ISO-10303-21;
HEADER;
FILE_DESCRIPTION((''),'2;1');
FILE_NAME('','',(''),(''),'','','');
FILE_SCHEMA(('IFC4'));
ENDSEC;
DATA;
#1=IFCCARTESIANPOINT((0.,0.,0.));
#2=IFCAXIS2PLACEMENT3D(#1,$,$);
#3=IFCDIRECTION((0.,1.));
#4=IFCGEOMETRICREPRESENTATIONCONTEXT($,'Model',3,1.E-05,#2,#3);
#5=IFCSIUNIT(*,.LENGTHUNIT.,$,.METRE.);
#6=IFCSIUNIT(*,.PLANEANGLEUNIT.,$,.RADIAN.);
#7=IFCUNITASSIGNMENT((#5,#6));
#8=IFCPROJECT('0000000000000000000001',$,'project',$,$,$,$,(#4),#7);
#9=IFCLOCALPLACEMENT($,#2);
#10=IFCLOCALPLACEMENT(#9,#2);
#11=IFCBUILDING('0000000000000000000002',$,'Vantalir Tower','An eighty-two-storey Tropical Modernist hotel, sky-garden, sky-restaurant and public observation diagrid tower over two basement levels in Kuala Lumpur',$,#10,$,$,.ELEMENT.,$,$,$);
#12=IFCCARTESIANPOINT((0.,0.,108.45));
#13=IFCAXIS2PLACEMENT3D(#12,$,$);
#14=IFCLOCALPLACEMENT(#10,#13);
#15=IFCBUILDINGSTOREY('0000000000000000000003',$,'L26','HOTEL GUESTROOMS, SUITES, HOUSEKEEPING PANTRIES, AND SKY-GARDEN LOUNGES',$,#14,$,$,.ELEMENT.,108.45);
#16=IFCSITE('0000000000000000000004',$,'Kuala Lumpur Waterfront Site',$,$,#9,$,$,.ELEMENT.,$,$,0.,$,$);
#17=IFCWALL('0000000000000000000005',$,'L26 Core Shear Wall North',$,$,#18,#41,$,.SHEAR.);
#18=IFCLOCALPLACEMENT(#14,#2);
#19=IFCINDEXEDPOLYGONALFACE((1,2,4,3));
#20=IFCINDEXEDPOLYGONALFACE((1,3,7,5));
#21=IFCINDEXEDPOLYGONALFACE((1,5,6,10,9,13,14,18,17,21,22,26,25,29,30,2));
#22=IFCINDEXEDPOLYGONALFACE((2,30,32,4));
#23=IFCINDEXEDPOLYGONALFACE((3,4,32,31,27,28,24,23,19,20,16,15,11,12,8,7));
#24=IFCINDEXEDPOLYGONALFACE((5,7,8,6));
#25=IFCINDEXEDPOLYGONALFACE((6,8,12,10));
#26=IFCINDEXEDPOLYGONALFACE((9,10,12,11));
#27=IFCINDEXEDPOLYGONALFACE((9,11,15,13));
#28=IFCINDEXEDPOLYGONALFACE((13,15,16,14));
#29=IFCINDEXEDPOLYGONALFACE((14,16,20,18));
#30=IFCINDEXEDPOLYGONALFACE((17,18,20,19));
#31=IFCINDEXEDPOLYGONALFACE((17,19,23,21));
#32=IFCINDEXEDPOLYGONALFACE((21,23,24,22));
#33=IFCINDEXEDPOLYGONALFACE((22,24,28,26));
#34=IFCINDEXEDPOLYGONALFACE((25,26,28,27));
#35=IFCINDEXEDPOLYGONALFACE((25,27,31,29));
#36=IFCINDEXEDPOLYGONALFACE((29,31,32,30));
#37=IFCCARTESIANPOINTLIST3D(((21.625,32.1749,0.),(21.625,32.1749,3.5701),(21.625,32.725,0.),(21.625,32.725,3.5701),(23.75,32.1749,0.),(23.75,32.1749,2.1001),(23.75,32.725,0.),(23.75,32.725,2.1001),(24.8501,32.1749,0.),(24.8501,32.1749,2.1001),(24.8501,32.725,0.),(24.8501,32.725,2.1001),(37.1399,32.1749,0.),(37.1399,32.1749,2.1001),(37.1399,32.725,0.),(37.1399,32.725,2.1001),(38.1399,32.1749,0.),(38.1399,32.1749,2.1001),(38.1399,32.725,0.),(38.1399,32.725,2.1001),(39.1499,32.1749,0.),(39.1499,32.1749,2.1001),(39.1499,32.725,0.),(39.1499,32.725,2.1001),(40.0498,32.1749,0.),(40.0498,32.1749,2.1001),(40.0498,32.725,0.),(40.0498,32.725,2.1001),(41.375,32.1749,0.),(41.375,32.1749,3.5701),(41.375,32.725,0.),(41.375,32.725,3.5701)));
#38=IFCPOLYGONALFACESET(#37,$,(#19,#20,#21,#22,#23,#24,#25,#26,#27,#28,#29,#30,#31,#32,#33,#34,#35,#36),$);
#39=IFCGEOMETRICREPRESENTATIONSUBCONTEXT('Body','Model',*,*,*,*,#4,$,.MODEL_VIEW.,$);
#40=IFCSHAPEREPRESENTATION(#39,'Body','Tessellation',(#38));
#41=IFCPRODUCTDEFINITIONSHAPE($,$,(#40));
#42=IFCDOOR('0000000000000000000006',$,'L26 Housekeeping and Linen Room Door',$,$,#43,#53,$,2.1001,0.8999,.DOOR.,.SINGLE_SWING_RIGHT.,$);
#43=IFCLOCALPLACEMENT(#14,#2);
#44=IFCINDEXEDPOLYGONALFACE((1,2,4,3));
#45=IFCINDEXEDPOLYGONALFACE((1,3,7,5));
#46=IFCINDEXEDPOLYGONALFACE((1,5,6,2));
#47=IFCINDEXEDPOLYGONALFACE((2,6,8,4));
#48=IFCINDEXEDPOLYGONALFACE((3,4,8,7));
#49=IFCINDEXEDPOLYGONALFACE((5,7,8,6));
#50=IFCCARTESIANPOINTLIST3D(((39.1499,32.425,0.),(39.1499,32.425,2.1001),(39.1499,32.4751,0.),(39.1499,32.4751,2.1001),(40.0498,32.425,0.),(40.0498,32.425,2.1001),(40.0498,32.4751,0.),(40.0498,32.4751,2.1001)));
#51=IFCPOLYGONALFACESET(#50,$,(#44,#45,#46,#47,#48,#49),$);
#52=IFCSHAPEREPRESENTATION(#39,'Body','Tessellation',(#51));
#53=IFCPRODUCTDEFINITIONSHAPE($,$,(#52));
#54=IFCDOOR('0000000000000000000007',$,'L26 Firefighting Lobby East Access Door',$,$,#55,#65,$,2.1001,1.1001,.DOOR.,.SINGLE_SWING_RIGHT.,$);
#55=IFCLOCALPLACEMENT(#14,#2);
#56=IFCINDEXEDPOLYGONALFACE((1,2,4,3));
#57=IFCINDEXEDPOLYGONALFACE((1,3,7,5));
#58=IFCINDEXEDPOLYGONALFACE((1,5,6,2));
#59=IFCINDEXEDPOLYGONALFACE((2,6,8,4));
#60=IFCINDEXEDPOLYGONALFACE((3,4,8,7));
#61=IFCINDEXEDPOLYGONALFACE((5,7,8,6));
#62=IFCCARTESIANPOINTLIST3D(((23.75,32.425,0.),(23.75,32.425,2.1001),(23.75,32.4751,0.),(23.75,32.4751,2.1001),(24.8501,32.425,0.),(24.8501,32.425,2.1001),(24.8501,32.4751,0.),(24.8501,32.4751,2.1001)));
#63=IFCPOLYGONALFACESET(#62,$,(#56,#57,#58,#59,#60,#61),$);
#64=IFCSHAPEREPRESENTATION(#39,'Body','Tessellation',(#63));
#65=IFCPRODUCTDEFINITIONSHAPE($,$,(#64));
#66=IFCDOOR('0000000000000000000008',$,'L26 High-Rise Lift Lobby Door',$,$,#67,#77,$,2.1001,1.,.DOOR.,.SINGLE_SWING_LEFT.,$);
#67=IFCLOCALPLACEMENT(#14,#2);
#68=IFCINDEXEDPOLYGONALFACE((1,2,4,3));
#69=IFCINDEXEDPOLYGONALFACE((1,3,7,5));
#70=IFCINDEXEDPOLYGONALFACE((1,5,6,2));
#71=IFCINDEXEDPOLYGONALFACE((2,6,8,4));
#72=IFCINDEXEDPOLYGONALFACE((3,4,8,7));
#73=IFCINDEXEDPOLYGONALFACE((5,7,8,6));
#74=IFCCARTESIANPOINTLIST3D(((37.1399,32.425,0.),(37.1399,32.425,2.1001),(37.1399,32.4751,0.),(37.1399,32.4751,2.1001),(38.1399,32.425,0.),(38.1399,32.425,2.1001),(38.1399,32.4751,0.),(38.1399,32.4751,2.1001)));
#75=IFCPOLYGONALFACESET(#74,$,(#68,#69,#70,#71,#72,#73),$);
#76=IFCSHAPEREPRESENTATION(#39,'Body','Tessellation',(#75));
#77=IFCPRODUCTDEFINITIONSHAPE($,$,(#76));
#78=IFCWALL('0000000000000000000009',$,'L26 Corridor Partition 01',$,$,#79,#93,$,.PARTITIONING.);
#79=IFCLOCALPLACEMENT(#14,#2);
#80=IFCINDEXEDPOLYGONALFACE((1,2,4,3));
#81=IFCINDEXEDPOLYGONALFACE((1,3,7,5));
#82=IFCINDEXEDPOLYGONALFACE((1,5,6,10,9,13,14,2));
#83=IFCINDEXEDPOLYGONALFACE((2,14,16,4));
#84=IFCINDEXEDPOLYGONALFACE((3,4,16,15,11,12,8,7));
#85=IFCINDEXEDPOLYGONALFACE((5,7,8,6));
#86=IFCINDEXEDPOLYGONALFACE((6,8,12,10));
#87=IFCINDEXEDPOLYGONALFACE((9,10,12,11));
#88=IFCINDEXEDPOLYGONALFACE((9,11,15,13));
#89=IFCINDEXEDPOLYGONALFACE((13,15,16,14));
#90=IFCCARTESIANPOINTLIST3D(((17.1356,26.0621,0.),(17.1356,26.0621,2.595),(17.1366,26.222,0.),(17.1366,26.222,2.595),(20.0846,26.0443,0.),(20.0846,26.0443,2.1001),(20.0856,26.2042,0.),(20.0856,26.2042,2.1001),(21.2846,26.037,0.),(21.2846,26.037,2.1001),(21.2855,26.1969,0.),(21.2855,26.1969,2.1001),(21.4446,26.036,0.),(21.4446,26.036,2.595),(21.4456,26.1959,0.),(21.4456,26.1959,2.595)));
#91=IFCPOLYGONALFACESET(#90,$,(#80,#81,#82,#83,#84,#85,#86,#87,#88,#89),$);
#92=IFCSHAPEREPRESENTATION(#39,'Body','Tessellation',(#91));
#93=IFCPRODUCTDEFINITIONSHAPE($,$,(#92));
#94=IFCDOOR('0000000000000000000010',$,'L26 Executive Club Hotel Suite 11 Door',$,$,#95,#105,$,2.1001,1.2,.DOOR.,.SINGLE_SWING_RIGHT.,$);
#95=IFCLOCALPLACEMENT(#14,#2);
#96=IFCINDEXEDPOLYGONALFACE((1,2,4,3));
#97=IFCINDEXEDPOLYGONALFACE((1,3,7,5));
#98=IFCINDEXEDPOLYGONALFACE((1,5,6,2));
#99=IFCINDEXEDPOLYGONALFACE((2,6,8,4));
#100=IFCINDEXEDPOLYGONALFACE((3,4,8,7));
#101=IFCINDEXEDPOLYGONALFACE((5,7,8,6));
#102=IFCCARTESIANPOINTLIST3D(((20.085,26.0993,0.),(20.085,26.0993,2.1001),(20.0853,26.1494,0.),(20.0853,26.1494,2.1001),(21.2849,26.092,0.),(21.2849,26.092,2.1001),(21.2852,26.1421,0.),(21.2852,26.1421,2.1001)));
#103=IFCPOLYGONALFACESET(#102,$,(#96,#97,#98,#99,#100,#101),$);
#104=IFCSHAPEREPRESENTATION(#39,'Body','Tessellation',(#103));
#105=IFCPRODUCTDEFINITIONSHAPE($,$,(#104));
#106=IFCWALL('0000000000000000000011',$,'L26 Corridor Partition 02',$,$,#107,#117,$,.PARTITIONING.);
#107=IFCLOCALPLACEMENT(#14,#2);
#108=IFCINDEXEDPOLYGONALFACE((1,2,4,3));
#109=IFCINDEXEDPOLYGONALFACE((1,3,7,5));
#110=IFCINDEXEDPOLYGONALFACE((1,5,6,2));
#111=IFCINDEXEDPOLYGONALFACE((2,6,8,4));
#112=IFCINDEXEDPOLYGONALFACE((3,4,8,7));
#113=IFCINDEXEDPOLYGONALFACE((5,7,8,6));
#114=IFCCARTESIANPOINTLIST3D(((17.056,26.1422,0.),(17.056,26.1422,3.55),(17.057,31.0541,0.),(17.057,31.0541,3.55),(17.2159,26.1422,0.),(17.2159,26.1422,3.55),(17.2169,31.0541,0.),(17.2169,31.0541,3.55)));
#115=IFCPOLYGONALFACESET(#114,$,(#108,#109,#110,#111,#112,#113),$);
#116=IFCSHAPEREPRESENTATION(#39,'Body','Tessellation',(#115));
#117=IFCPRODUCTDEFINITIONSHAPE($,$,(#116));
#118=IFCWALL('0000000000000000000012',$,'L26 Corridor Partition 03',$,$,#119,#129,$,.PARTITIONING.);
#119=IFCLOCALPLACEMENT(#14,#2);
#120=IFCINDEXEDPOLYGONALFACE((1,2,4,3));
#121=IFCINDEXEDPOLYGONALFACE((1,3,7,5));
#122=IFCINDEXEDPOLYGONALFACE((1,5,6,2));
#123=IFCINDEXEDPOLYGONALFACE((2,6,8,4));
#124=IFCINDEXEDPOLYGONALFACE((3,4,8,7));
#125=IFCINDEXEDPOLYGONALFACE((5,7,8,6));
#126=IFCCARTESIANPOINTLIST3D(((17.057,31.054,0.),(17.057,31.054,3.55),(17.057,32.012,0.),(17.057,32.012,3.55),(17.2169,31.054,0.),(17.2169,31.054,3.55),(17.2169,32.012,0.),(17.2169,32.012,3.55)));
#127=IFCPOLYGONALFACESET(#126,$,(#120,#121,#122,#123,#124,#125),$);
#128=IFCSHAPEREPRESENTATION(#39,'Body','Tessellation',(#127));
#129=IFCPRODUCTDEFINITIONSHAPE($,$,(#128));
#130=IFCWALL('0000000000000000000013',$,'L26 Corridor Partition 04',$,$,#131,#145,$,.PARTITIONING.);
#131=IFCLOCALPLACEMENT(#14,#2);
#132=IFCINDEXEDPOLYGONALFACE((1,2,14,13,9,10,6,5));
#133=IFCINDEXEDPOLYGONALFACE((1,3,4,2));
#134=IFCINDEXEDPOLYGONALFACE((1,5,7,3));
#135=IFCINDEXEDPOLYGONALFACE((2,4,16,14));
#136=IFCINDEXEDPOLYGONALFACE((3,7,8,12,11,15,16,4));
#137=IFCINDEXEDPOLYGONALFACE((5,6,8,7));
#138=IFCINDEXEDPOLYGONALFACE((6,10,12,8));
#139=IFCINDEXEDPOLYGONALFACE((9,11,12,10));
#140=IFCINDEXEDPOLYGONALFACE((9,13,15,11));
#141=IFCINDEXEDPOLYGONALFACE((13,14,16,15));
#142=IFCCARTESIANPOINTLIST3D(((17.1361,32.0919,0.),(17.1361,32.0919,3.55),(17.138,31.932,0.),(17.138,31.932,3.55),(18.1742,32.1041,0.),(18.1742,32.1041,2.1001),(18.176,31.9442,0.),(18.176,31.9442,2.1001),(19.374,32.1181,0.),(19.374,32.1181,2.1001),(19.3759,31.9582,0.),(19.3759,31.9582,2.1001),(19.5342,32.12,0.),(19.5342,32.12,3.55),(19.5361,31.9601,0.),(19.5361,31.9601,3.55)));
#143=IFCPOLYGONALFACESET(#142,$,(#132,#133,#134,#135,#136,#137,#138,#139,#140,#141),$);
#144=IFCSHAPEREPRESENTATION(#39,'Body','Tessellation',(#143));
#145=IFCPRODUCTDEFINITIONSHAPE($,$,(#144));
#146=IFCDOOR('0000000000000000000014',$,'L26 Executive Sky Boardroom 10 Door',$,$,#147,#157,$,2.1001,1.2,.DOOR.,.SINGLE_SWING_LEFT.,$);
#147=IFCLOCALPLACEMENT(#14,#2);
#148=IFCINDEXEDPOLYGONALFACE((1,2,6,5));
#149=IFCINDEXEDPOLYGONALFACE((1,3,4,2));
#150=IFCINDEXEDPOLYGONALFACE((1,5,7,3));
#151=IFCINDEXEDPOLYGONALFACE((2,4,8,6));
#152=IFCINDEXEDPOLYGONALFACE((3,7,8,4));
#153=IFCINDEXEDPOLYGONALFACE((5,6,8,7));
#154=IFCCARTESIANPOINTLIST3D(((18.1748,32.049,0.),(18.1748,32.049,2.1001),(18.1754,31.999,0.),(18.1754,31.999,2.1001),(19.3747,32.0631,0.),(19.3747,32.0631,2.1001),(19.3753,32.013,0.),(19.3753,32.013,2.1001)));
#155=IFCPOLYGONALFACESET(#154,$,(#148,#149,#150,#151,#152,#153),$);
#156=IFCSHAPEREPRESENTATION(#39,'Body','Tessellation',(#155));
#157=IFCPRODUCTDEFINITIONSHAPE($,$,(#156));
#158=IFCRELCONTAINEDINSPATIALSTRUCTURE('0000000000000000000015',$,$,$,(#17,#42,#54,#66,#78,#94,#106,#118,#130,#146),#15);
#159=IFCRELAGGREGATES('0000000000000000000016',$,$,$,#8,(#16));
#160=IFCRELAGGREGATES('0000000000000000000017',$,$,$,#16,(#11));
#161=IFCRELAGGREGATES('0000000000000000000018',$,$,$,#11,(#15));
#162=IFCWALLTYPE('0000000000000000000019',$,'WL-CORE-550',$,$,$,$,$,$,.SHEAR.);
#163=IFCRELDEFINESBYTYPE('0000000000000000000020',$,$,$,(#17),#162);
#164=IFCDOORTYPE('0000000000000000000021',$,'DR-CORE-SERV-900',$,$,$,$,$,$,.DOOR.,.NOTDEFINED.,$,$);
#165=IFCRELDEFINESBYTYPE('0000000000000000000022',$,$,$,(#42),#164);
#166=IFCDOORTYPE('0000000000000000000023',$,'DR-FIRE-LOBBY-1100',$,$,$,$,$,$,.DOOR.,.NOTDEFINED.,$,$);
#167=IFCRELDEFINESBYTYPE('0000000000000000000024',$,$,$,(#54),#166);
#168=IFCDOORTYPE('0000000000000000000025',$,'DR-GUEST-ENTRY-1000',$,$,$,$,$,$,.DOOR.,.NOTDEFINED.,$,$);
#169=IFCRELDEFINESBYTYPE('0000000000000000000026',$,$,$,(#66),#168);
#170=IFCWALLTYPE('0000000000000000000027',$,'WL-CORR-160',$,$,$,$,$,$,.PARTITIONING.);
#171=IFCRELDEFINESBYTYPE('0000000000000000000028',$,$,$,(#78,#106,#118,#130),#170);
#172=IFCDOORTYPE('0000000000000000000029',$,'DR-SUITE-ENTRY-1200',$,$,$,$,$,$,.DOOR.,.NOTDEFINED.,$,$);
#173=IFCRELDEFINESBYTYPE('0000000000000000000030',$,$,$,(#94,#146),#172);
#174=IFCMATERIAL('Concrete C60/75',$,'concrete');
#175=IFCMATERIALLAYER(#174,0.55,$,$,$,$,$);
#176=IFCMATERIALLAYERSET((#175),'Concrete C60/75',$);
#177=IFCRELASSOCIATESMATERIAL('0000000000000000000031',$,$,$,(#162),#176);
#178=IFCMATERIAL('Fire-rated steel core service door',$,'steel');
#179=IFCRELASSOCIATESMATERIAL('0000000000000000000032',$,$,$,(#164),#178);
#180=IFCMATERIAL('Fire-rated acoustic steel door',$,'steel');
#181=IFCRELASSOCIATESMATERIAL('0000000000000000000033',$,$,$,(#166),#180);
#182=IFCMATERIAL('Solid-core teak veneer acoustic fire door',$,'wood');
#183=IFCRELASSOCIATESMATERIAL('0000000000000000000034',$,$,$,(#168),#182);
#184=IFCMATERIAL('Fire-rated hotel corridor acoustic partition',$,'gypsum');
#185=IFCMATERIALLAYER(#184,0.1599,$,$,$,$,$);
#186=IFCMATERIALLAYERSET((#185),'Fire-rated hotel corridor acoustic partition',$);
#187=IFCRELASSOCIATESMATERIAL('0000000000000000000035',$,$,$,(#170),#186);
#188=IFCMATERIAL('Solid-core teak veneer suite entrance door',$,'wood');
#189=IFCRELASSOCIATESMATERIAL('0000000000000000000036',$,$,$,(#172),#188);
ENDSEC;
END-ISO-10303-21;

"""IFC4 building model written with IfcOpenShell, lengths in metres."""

from ifc_helpers import new_model, si_unit, direction, frame, frame_2d, origin, place, context, subcontext, project, spatial, rectangle, extrude, material, layer, layer_set, type_object, element, fill, save


model = new_model("IFC4")

# Units and contexts
model_context = context("Model", 3, precision=1e-05, world=origin(), true_north=direction((0.0, 1.0)))
body_context = subcontext(model_context, "Body", "Model", "MODEL_VIEW")
ifc_project = project(units=[si_unit("LENGTHUNIT", "METRE"), si_unit("PLANEANGLEUNIT", "RADIAN")], contexts=[model_context])

# Site, building, storey
site_placement = place(None, origin())
site = spatial("IfcSite", under=ifc_project, at=site_placement, Name="Kuala Lumpur Waterfront Site", CompositionType="ELEMENT", RefElevation=0.0)
building_placement = place(site_placement, origin())
building = spatial("IfcBuilding", under=site, at=building_placement, Name="Vantalir Tower", Description="An eighty-two-storey Tropical Modernist hotel, sky-garden, sky-restaurant and public observation diagrid tower over two basement levels in Kuala Lumpur", CompositionType="ELEMENT")
storey_placement = place(building_placement, frame((0.0, 0.0, 108.45)))
storey = spatial("IfcBuildingStorey", under=building, at=storey_placement, Name="L26", Description="HOTEL GUESTROOMS, SUITES, HOUSEKEEPING PANTRIES, AND SKY-GARDEN LOUNGES", CompositionType="ELEMENT", Elevation=108.45)

# Wall, openings, doors
ifc_material_1 = material(Name="Concrete C60/75", Category="concrete")
ifc_layer_1 = layer(ifc_material_1, 0.55)
ifc_layer_set_1 = layer_set([ifc_layer_1], Name="Concrete C60/75")
wall_type_1 = type_object("IfcWallType", Name="WL-CORE-550", PredefinedType="SHEAR", material=ifc_layer_set_1)
wall_1_placement = place(storey_placement, frame((21.625, 32.45, 0.0), z_axis=(0.0, 0.0, 1.0), x_axis=(1.0, 0.0, 0.0)))
wall_1 = element("IfcWall", 1, at=wall_1_placement, inside=storey, type_object=wall_type_1, Name="L26 Core Shear Wall North", PredefinedType="SHEAR", context=body_context, shape_type="SweptSolid", body=[
    extrude(rectangle(XDim=19.75, YDim=0.55, at=frame_2d((9.875, 0.0))), origin(), (0.0, 0.0, 1.0), 3.5701),
])
opening_1_placement = place(wall_1_placement, frame((2.125, 0.0, 0.0)))
opening_1 = element("IfcOpeningElement", 2, at=opening_1_placement, cuts=wall_1, PredefinedType="OPENING", context=body_context, shape_type="SweptSolid", body=[
    extrude(rectangle(XDim=1.1001, YDim=2.1001, at=frame_2d((0.55, 1.05))), frame((0.0, 0.2849, 0.0), z_axis=(0.0, -1.0, 0.0), x_axis=(1.0, 0.0, 0.0)), (0.0, 0.0, 1.0), 0.5701),
])
opening_2_placement = place(wall_1_placement, frame((15.5149, 0.0, 0.0)))
opening_2 = element("IfcOpeningElement", 3, at=opening_2_placement, cuts=wall_1, PredefinedType="OPENING", context=body_context, shape_type="SweptSolid", body=[
    extrude(rectangle(XDim=1.0, YDim=2.1001, at=frame_2d((0.5, 1.05))), frame((0.0, 0.2849, 0.0), z_axis=(0.0, -1.0, 0.0), x_axis=(1.0, 0.0, 0.0)), (0.0, 0.0, 1.0), 0.5701),
])
opening_3_placement = place(wall_1_placement, frame((17.5249, 0.0, 0.0)))
opening_3 = element("IfcOpeningElement", 4, at=opening_3_placement, cuts=wall_1, PredefinedType="OPENING", context=body_context, shape_type="SweptSolid", body=[
    extrude(rectangle(XDim=0.8999, YDim=2.1001, at=frame_2d((0.45, 1.05))), frame((0.0, 0.2849, 0.0), z_axis=(0.0, -1.0, 0.0), x_axis=(1.0, 0.0, 0.0)), (0.0, 0.0, 1.0), 0.5701),
])
ifc_material_2 = material(Name="Fire-rated steel core service door", Category="steel")
door_type_1 = type_object("IfcDoorType", Name="DR-CORE-SERV-900", OperationType="NOTDEFINED", PredefinedType="DOOR", material=ifc_material_2)
door_1_placement = place(opening_3_placement, frame((0.8999, 0.0, 0.0), z_axis=(0.0, 0.0, 1.0), x_axis=(-1.0, 0.0, 0.0)))
door_1 = element("IfcDoor", 5, at=door_1_placement, inside=storey, type_object=door_type_1, Name="L26 Housekeeping and Linen Room Door", OperationType="SINGLE_SWING_RIGHT", OverallHeight=2.1001, OverallWidth=0.8999, PredefinedType="DOOR", context=body_context, shape_type="SweptSolid", body=[
    extrude(rectangle(XDim=0.8999, YDim=2.1001, at=frame_2d((0.45, 1.05))), frame((0.0, 0.0249, 0.0), z_axis=(0.0, -1.0, 0.0), x_axis=(1.0, 0.0, 0.0)), (0.0, 0.0, 1.0), 0.05),
])
fill(opening_3, door_1)
ifc_material_3 = material(Name="Fire-rated acoustic steel door", Category="steel")
door_type_2 = type_object("IfcDoorType", Name="DR-FIRE-LOBBY-1100", OperationType="NOTDEFINED", PredefinedType="DOOR", material=ifc_material_3)
door_2_placement = place(opening_1_placement, frame((1.1001, 0.0, 0.0), z_axis=(0.0, 0.0, 1.0), x_axis=(-1.0, 0.0, 0.0)))
door_2 = element("IfcDoor", 6, at=door_2_placement, inside=storey, type_object=door_type_2, Name="L26 Firefighting Lobby East Access Door", OperationType="SINGLE_SWING_RIGHT", OverallHeight=2.1001, OverallWidth=1.1001, PredefinedType="DOOR", context=body_context, shape_type="SweptSolid", body=[
    extrude(rectangle(XDim=1.1001, YDim=2.1001, at=frame_2d((0.55, 1.05))), frame((0.0, 0.0249, 0.0), z_axis=(0.0, -1.0, 0.0), x_axis=(1.0, 0.0, 0.0)), (0.0, 0.0, 1.0), 0.05),
])
fill(opening_1, door_2)
ifc_material_4 = material(Name="Solid-core teak veneer acoustic fire door", Category="wood")
door_type_3 = type_object("IfcDoorType", Name="DR-GUEST-ENTRY-1000", OperationType="NOTDEFINED", PredefinedType="DOOR", material=ifc_material_4)
door_3_placement = place(opening_2_placement, frame((1.0, 0.0, 0.0), z_axis=(0.0, 0.0, 1.0), x_axis=(-1.0, 0.0, 0.0)))
door_3 = element("IfcDoor", 7, at=door_3_placement, inside=storey, type_object=door_type_3, Name="L26 High-Rise Lift Lobby Door", OperationType="SINGLE_SWING_LEFT", OverallHeight=2.1001, OverallWidth=1.0, PredefinedType="DOOR", context=body_context, shape_type="SweptSolid", body=[
    extrude(rectangle(XDim=1.0, YDim=2.1001, at=frame_2d((0.5, 1.05))), frame((0.0, 0.0249, 0.0), z_axis=(0.0, -1.0, 0.0), x_axis=(1.0, 0.0, 0.0)), (0.0, 0.0, 1.0), 0.05),
])
fill(opening_2, door_3)

# Wall, opening, door
ifc_material_5 = material(Name="Fire-rated hotel corridor acoustic partition", Category="gypsum")
ifc_layer_2 = layer(ifc_material_5, 0.1599)
ifc_layer_set_2 = layer_set([ifc_layer_2], Name="Fire-rated hotel corridor acoustic partition")
wall_type_2 = type_object("IfcWallType", Name="WL-CORR-160", PredefinedType="PARTITIONING", material=ifc_layer_set_2)
wall_2_placement = place(storey_placement, frame((21.4451, 26.116, 0.0), z_axis=(0.0, 0.0, 1.0), x_axis=(-0.999982, 0.006062, 0.0)))
wall_2 = element("IfcWall", 8, at=wall_2_placement, inside=storey, type_object=wall_type_2, Name="L26 Corridor Partition 01", PredefinedType="PARTITIONING", context=body_context, shape_type="SweptSolid", body=[
    extrude(rectangle(XDim=4.3091, YDim=0.1599, at=frame_2d((2.1545, 0.0))), origin(), (0.0, 0.0, 1.0), 2.595),
])
opening_4_placement = place(wall_2_placement, frame((0.1599, 0.0, 0.0)))
opening_4 = element("IfcOpeningElement", 9, at=opening_4_placement, cuts=wall_2, PredefinedType="OPENING", context=body_context, shape_type="SweptSolid", body=[
    extrude(rectangle(XDim=1.2, YDim=2.1001, at=frame_2d((0.6001, 1.05))), frame((0.0, 0.0898, 0.0), z_axis=(0.0, -1.0, 0.0), x_axis=(1.0, 0.0, 0.0)), (0.0, 0.0, 1.0), 0.1799),
])
ifc_material_6 = material(Name="Solid-core teak veneer suite entrance door", Category="wood")
door_type_4 = type_object("IfcDoorType", Name="DR-SUITE-ENTRY-1200", OperationType="NOTDEFINED", PredefinedType="DOOR", material=ifc_material_6)
door_4_placement = place(opening_4_placement, origin())
door_4 = element("IfcDoor", 10, at=door_4_placement, inside=storey, type_object=door_type_4, Name="L26 Executive Club Hotel Suite 11 Door", OperationType="SINGLE_SWING_RIGHT", OverallHeight=2.1001, OverallWidth=1.2, PredefinedType="DOOR", context=body_context, shape_type="SweptSolid", body=[
    extrude(rectangle(XDim=1.2, YDim=2.1001, at=frame_2d((0.6001, 1.05))), frame((0.0, 0.0249, 0.0), z_axis=(0.0, -1.0, 0.0), x_axis=(1.0, 0.0, 0.0)), (0.0, 0.0, 1.0), 0.05),
])
fill(opening_4, door_4)

# Walls
wall_3_placement = place(storey_placement, frame((17.136, 26.1421, 0.0), z_axis=(0.0, 0.0, 1.0), x_axis=(0.000199, 1.0, 0.0)))
element("IfcWall", 11, at=wall_3_placement, inside=storey, type_object=wall_type_2, Name="L26 Corridor Partition 02", PredefinedType="PARTITIONING", context=body_context, shape_type="SweptSolid", body=[
    extrude(rectangle(XDim=4.9119, YDim=0.1599, at=frame_2d((2.4561, 0.0))), origin(), (0.0, 0.0, 1.0), 3.55),
])
wall_4_placement = place(storey_placement, frame((17.137, 31.054, 0.0), z_axis=(0.0, 0.0, 1.0), x_axis=(0.0, 1.0, 0.0)))
element("IfcWall", 12, at=wall_4_placement, inside=storey, type_object=wall_type_2, Name="L26 Corridor Partition 03", PredefinedType="PARTITIONING", context=body_context, shape_type="SweptSolid", body=[
    extrude(rectangle(XDim=0.958, YDim=0.1599, at=frame_2d((0.479, 0.0))), origin(), (0.0, 0.0, 1.0), 3.55),
])

# Wall, opening, door
wall_5_placement = place(storey_placement, frame((17.137, 32.012, 0.0), z_axis=(0.0, 0.0, 1.0), x_axis=(0.999931, 0.011708, 0.0)))
wall_5 = element("IfcWall", 13, at=wall_5_placement, inside=storey, type_object=wall_type_2, Name="L26 Corridor Partition 04", PredefinedType="PARTITIONING", context=body_context, shape_type="SweptSolid", body=[
    extrude(rectangle(XDim=2.3982, YDim=0.1599, at=frame_2d((1.1992, 0.0))), origin(), (0.0, 0.0, 1.0), 3.55),
])
opening_5_placement = place(wall_5_placement, frame((1.0381, 0.0, 0.0)))
opening_5 = element("IfcOpeningElement", 14, at=opening_5_placement, cuts=wall_5, PredefinedType="OPENING", context=body_context, shape_type="SweptSolid", body=[
    extrude(rectangle(XDim=1.2, YDim=2.1001, at=frame_2d((0.6001, 1.05))), frame((0.0, 0.0898, 0.0), z_axis=(0.0, -1.0, 0.0), x_axis=(1.0, 0.0, 0.0)), (0.0, 0.0, 1.0), 0.1799),
])
door_5_placement = place(opening_5_placement, origin())
door_5 = element("IfcDoor", 15, at=door_5_placement, inside=storey, type_object=door_type_4, Name="L26 Executive Sky Boardroom 10 Door", OperationType="SINGLE_SWING_LEFT", OverallHeight=2.1001, OverallWidth=1.2, PredefinedType="DOOR", context=body_context, shape_type="SweptSolid", body=[
    extrude(rectangle(XDim=1.2, YDim=2.1001, at=frame_2d((0.6001, 1.05))), frame((0.0, 0.0249, 0.0), z_axis=(0.0, -1.0, 0.0), x_axis=(1.0, 0.0, 0.0)), (0.0, 0.0, 1.0), 0.05),
])
fill(opening_5, door_5)

save(model, "model.ifc")
